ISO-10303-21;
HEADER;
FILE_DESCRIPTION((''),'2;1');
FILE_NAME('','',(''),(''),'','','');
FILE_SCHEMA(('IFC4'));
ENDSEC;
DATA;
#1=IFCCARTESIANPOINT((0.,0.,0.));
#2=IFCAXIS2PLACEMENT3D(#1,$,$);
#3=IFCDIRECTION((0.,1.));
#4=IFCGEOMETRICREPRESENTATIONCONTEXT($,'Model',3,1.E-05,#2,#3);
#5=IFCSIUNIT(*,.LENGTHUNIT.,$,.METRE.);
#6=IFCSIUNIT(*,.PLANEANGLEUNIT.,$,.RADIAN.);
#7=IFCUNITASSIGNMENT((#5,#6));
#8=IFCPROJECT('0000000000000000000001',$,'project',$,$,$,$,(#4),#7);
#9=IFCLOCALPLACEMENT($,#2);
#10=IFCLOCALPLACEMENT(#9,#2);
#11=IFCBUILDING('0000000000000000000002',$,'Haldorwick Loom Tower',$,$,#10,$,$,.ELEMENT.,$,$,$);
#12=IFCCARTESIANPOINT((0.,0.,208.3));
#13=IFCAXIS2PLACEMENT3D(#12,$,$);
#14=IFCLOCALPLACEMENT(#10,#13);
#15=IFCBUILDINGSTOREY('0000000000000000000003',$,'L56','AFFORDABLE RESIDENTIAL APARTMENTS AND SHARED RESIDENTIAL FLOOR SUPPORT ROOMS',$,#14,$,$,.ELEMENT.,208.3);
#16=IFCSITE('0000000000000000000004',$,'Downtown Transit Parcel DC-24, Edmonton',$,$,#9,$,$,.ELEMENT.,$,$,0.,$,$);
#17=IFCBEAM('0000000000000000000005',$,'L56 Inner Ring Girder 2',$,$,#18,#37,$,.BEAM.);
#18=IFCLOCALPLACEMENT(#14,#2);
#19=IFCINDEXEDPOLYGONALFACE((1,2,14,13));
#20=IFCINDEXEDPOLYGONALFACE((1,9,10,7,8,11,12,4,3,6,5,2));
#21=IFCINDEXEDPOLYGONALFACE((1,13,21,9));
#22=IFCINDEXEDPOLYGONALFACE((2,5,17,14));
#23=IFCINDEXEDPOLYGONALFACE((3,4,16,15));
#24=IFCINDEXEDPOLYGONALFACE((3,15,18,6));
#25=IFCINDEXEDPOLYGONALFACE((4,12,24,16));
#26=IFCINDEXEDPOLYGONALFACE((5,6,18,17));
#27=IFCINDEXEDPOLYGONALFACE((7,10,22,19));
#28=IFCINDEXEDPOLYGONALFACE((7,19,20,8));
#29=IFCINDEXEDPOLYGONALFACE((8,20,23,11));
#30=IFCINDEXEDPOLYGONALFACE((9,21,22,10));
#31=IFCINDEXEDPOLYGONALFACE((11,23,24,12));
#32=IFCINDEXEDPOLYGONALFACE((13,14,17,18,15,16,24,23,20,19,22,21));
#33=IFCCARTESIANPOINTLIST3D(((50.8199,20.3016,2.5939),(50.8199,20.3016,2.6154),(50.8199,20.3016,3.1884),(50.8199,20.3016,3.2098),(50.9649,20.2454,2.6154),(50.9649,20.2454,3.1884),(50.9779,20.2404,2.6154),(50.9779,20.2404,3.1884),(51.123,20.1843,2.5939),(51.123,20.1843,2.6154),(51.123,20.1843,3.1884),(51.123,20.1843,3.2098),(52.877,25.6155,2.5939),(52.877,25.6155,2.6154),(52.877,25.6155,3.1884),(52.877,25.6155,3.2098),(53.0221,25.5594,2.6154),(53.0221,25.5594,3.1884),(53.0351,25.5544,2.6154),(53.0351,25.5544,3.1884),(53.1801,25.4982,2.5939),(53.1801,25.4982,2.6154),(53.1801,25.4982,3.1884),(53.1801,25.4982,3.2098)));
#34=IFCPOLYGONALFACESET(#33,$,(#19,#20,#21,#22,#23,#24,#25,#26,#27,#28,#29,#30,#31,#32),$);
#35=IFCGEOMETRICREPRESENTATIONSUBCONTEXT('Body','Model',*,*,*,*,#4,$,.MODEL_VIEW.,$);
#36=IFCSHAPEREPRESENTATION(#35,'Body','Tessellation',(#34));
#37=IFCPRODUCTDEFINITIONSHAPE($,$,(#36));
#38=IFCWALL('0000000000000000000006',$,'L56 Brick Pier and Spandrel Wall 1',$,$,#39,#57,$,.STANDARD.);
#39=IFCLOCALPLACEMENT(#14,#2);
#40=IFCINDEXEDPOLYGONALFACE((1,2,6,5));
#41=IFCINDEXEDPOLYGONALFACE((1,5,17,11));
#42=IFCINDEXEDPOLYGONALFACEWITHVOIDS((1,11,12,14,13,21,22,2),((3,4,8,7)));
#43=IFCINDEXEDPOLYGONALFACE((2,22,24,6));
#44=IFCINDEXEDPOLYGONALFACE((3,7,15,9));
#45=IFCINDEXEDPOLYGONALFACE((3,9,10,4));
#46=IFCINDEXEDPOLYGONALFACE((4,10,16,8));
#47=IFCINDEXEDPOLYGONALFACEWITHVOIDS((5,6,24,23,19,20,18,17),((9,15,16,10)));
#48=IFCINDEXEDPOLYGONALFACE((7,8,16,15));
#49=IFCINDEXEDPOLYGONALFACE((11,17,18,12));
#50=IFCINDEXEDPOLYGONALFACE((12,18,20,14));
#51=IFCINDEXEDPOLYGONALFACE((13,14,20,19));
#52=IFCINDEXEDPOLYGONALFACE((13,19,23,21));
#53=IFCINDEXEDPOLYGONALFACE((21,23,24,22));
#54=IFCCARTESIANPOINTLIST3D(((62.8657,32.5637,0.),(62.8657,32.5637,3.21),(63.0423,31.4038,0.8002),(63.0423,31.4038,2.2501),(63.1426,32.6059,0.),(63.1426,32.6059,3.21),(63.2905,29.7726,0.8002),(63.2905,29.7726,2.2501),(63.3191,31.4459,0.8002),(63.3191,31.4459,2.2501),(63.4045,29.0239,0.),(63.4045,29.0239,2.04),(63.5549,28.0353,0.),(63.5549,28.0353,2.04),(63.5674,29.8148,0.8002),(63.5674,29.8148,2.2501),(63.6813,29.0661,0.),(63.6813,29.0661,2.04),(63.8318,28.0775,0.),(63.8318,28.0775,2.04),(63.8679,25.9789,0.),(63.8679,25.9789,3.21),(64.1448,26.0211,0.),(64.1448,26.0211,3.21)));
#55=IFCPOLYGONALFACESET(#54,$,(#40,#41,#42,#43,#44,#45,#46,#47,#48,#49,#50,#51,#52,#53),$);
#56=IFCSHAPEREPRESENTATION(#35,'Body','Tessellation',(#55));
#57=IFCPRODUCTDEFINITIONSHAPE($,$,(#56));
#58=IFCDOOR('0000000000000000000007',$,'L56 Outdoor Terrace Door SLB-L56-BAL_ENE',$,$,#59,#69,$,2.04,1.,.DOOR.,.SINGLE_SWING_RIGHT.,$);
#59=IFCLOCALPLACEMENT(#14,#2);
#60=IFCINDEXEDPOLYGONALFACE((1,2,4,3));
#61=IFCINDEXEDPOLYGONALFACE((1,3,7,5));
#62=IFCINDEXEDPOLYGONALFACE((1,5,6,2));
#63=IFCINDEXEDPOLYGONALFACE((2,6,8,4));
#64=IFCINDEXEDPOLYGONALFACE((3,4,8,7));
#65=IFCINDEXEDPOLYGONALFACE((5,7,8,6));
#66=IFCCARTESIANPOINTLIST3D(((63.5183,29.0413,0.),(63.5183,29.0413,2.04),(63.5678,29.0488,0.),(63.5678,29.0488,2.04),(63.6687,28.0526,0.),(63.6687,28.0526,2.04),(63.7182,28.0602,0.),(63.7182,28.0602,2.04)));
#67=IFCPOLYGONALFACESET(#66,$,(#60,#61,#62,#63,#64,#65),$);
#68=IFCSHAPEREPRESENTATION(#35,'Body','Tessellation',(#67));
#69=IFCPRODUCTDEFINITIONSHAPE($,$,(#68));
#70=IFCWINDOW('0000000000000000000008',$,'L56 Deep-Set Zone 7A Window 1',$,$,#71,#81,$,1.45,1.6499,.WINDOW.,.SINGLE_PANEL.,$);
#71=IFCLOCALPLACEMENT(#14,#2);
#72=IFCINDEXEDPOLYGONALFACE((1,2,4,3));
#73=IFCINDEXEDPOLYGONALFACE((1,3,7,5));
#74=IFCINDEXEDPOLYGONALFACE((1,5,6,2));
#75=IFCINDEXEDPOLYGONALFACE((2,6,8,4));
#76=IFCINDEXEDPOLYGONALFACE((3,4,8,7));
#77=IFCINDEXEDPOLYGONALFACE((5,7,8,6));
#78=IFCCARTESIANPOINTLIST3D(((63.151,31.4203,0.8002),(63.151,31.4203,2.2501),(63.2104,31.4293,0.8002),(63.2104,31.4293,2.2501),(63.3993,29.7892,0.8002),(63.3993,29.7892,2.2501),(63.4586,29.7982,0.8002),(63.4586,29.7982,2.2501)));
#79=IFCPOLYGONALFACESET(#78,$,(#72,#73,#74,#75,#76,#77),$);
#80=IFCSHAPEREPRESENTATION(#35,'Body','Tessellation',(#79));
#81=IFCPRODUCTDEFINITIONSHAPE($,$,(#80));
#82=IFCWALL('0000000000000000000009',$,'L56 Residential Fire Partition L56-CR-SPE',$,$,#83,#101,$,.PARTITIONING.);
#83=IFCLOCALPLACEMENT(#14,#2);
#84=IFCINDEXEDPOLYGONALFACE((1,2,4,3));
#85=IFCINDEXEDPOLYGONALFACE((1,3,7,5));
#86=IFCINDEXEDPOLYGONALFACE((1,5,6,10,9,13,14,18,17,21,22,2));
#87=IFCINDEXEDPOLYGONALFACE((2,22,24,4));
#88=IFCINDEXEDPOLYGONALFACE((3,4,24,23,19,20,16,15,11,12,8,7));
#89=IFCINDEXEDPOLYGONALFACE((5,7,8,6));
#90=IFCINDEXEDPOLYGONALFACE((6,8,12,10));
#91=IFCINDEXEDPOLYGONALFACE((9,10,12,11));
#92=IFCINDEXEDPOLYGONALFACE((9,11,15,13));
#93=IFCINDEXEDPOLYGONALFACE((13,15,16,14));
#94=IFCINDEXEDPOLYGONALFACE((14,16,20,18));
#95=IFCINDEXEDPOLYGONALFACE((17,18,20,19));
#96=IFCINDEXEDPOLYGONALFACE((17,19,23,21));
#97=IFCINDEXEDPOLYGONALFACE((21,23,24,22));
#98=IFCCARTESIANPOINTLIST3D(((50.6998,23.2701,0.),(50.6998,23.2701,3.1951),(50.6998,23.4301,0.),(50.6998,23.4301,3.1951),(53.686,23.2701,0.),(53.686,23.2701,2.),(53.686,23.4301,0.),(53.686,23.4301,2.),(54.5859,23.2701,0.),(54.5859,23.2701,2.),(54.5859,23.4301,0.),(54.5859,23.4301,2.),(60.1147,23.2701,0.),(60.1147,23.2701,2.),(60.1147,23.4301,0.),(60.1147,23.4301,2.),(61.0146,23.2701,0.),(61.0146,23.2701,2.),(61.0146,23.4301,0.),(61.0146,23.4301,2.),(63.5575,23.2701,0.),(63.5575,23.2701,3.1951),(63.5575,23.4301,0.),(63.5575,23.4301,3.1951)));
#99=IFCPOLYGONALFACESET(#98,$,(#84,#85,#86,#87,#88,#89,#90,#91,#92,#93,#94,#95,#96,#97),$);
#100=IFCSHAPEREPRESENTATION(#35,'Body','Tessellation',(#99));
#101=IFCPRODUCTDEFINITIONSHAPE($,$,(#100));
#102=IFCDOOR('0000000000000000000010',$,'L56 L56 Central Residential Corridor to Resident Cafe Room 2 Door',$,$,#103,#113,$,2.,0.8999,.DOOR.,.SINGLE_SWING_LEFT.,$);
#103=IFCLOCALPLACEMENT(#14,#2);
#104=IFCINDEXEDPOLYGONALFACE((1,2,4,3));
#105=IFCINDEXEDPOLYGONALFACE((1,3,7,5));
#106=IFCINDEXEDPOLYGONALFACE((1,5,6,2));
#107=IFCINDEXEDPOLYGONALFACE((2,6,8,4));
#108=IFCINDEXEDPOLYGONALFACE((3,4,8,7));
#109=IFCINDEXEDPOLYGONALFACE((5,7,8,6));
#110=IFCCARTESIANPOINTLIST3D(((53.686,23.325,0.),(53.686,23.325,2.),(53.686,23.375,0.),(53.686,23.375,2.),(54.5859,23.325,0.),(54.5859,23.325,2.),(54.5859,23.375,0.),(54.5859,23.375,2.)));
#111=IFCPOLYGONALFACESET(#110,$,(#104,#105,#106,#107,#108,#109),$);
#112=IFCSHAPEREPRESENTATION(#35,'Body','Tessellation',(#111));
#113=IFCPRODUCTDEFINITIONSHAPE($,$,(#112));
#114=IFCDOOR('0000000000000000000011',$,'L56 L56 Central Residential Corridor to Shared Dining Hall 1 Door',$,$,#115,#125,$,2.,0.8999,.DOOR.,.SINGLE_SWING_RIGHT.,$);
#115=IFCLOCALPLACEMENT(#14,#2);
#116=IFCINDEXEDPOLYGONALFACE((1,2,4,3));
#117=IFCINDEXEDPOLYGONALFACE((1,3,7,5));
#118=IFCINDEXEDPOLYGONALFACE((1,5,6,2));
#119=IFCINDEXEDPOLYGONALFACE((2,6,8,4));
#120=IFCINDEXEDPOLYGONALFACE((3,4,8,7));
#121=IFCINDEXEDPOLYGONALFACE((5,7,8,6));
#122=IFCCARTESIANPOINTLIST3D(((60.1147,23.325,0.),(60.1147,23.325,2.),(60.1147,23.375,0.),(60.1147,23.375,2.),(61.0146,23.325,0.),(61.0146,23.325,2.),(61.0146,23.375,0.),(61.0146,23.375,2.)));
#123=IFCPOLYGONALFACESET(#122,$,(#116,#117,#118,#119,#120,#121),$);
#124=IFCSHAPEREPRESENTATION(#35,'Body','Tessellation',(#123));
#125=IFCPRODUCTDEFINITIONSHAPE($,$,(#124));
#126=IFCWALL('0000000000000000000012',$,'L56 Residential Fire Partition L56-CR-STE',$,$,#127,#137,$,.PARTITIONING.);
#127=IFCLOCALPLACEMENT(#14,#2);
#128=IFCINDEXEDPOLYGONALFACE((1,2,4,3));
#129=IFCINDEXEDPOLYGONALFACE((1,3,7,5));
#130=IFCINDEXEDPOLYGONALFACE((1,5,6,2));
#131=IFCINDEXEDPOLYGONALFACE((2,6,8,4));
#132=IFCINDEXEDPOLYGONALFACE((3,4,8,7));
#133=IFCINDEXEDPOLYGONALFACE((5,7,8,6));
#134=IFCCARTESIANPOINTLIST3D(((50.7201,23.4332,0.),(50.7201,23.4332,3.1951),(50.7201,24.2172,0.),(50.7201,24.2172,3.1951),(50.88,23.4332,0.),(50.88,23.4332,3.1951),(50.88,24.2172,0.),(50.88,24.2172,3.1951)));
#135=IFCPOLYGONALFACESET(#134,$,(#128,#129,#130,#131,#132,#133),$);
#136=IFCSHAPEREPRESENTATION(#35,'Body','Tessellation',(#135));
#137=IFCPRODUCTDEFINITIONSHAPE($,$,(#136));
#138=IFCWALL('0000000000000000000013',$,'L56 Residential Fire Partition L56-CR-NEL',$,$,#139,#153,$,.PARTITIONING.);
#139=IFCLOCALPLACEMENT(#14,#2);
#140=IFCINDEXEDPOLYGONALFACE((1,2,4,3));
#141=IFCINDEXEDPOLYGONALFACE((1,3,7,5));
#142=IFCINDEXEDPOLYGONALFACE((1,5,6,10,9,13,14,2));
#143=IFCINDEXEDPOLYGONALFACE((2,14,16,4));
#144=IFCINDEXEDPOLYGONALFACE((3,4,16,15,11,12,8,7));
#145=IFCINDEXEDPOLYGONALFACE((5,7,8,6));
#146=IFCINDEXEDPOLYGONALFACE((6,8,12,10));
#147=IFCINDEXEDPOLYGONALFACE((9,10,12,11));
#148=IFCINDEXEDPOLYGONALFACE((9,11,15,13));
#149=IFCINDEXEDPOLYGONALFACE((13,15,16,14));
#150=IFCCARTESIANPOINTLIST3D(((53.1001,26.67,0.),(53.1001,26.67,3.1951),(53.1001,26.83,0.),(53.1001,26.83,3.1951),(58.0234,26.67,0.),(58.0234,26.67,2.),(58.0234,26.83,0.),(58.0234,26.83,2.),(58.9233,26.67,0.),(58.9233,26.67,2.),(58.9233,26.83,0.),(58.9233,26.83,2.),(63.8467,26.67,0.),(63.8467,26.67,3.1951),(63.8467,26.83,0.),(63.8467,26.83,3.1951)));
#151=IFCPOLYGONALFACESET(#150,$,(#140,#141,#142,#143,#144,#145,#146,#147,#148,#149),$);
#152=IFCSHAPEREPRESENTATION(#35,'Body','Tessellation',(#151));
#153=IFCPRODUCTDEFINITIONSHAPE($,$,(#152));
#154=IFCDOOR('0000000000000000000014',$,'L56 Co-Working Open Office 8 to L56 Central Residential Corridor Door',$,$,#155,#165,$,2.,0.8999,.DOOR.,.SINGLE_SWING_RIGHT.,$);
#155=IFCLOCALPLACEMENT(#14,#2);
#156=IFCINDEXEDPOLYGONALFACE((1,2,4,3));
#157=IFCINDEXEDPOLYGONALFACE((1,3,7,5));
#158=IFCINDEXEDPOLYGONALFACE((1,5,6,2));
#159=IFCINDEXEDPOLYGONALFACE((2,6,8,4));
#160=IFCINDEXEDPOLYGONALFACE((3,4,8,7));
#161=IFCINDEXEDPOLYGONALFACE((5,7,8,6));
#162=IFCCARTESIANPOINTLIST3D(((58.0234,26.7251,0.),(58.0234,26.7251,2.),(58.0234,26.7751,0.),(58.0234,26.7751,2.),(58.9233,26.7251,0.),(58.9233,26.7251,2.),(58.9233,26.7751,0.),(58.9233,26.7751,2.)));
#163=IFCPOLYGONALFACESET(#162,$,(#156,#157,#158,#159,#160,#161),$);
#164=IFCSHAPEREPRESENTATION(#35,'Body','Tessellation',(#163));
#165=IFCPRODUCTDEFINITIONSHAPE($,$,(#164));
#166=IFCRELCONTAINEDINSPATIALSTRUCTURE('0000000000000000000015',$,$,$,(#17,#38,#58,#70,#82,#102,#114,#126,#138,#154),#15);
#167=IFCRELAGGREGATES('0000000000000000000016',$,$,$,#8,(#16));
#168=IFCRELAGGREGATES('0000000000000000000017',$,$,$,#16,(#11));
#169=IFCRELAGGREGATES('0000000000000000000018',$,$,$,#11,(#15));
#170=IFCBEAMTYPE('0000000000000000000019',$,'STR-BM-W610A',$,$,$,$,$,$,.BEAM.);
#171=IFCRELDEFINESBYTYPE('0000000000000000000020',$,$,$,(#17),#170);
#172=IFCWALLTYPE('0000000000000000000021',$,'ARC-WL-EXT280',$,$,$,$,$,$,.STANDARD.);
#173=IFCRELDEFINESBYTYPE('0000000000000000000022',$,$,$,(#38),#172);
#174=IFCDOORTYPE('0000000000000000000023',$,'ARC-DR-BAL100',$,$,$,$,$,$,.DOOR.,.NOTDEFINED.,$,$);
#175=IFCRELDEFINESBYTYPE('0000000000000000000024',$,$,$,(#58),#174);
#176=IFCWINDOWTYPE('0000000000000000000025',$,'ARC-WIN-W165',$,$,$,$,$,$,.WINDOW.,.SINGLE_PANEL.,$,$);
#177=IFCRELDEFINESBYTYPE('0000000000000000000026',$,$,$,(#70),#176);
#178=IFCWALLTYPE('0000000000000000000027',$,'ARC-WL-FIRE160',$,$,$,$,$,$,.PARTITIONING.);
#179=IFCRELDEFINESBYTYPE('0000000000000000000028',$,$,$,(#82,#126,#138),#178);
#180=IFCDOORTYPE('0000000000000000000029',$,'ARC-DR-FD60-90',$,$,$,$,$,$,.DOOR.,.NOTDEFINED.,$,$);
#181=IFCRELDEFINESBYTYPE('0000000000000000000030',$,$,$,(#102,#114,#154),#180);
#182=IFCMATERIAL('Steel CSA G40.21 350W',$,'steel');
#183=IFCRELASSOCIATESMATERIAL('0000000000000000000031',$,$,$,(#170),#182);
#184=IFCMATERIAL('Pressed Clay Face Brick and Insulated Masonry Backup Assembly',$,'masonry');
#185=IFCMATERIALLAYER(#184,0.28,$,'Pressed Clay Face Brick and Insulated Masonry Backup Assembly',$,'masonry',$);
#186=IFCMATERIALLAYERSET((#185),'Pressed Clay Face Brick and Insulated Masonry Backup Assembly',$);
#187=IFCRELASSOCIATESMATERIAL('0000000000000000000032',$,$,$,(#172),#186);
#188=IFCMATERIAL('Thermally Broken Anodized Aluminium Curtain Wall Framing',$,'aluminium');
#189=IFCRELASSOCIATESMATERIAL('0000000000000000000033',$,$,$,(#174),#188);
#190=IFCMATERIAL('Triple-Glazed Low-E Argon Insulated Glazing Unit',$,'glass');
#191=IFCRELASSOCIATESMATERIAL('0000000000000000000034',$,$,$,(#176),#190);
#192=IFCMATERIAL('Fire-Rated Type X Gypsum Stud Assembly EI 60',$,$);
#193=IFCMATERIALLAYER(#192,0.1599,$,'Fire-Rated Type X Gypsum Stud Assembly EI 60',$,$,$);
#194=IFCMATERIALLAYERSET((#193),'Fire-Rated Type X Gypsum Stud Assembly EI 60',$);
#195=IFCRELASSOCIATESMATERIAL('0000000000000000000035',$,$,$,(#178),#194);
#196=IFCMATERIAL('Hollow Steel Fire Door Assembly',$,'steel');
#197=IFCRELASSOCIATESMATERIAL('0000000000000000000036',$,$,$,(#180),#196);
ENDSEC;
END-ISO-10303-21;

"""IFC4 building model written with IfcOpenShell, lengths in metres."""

from ifc_helpers import new_model, si_unit, direction, frame, frame_2d, origin, origin_2d, place, context, subcontext, project, spatial, rectangle, i_section, extrude, material, layer, layer_set, material_profile, profile_set, type_object, element, fill, save


model = new_model("IFC4")

# Units and contexts
model_context = context("Model", 3, precision=1e-05, world=origin(), true_north=direction((0.0, 1.0)))
body_context = subcontext(model_context, "Body", "Model", "MODEL_VIEW")
ifc_project = project(units=[si_unit("LENGTHUNIT", "METRE"), si_unit("PLANEANGLEUNIT", "RADIAN")], contexts=[model_context])

# Site, building, storey
site_placement = place(None, origin())
site = spatial("IfcSite", under=ifc_project, at=site_placement, Name="Downtown Transit Parcel DC-24, Edmonton", CompositionType="ELEMENT", RefElevation=0.0)
building_placement = place(site_placement, origin())
building = spatial("IfcBuilding", under=site, at=building_placement, Name="Haldorwick Loom Tower", CompositionType="ELEMENT")
storey_placement = place(building_placement, frame((0.0, 0.0, 208.3)))
storey = spatial("IfcBuildingStorey", under=building, at=storey_placement, Name="L56", Description="AFFORDABLE RESIDENTIAL APARTMENTS AND SHARED RESIDENTIAL FLOOR SUPPORT ROOMS", CompositionType="ELEMENT", Elevation=208.3)

# Shared definitions
ifc_material_1 = material(Name="Steel CSA G40.21 350W", Category="steel")

# Beam
ifc_material_profile_1 = material_profile(ifc_material_1, i_section(OverallWidth=0.325, OverallDepth=0.616, WebThickness=0.0139, FlangeThickness=0.0215, at=origin_2d()), Name="W610X174", Category="steel")
ifc_profile_set_1 = profile_set([ifc_material_profile_1], Name="Steel CSA G40.21 350W")
beam_type_1 = type_object("IfcBeamType", Name="STR-BM-W610A", PredefinedType="BEAM", material=ifc_profile_set_1)
beam_1_placement = place(storey_placement, frame((53.0286, 25.5569, 2.9019), z_axis=(-0.361011, -0.932562, 0.0), x_axis=(0.932562, -0.361011, 0.0)))
element("IfcBeam", 1, at=beam_1_placement, inside=storey, type_object=beam_type_1, Name="L56 Inner Ring Girder 2", PredefinedType="BEAM", context=body_context, shape_type="SweptSolid", body=[
    extrude(i_section(OverallWidth=0.325, OverallDepth=0.616, WebThickness=0.0139, FlangeThickness=0.0215, at=origin_2d()), origin(), (0.0, 0.0, 1.0), 5.6982),
])

# Wall, openings, door, window
ifc_material_2 = material(Name="Pressed Clay Face Brick and Insulated Masonry Backup Assembly", Category="masonry")
ifc_layer_1 = layer(ifc_material_2, 0.28, Name="Pressed Clay Face Brick and Insulated Masonry Backup Assembly", Category="masonry")
ifc_layer_set_1 = layer_set([ifc_layer_1], Name="Pressed Clay Face Brick and Insulated Masonry Backup Assembly")
wall_type_1 = type_object("IfcWallType", Name="ARC-WL-EXT280", PredefinedType="STANDARD", material=ifc_layer_set_1)
wall_1_placement = place(storey_placement, frame((64.0063, 26.0, 0.0), z_axis=(0.0, 0.0, 1.0), x_axis=(-0.150468, 0.988615, 0.0)))
wall_1 = element("IfcWall", 2, at=wall_1_placement, inside=storey, type_object=wall_type_1, Name="L56 Brick Pier and Spandrel Wall 1", PredefinedType="STANDARD", context=body_context, shape_type="SweptSolid", body=[
    extrude(rectangle(XDim=6.6606, YDim=0.28, at=frame_2d((3.3303, 0.0))), origin(), (0.0, 0.0, 1.0), 3.21),
])
opening_1_placement = place(wall_1_placement, frame((2.0801, 0.0, 0.0)))
opening_1 = element("IfcOpeningElement", 3, at=opening_1_placement, cuts=wall_1, PredefinedType="OPENING", context=body_context, shape_type="SweptSolid", body=[
    extrude(rectangle(XDim=1.0, YDim=2.04, at=frame_2d((0.5, 1.02))), frame((0.0, 0.1499, 0.0), z_axis=(0.0, -1.0, 0.0), x_axis=(1.0, 0.0, 0.0)), (0.0, 0.0, 1.0), 0.3),
])
opening_2_placement = place(wall_1_placement, frame((3.8374, 0.0, 0.8)))
opening_2 = element("IfcOpeningElement", 4, at=opening_2_placement, cuts=wall_1, PredefinedType="OPENING", context=body_context, shape_type="SweptSolid", body=[
    extrude(rectangle(XDim=1.6499, YDim=1.45, at=frame_2d((0.825, 0.7251))), frame((0.0, 0.1499, 0.0), z_axis=(0.0, -1.0, 0.0), x_axis=(1.0, 0.0, 0.0)), (0.0, 0.0, 1.0), 0.3),
])
ifc_material_3 = material(Name="Thermally Broken Anodized Aluminium Curtain Wall Framing", Category="aluminium")
door_type_1 = type_object("IfcDoorType", Name="ARC-DR-BAL100", OperationType="NOTDEFINED", PredefinedType="DOOR", material=ifc_material_3)
door_1_placement = place(opening_1_placement, origin())
door_1 = element("IfcDoor", 5, at=door_1_placement, inside=storey, type_object=door_type_1, Name="L56 Outdoor Terrace Door SLB-L56-BAL_ENE", OperationType="SINGLE_SWING_RIGHT", OverallHeight=2.04, OverallWidth=1.0, PredefinedType="DOOR", context=body_context, shape_type="SweptSolid", body=[
    extrude(rectangle(XDim=1.0, YDim=2.04, at=frame_2d((0.5, 1.02))), frame((0.0, 0.0249, 0.0), z_axis=(0.0, -1.0, 0.0), x_axis=(1.0, 0.0, 0.0)), (0.0, 0.0, 1.0), 0.05),
])
fill(opening_1, door_1)
ifc_material_4 = material(Name="Triple-Glazed Low-E Argon Insulated Glazing Unit", Category="glass")
window_type = type_object("IfcWindowType", Name="ARC-WIN-W165", PartitioningType="SINGLE_PANEL", PredefinedType="WINDOW", material=ifc_material_4)
window_placement = place(opening_2_placement, origin())
window = element("IfcWindow", 6, at=window_placement, inside=storey, type_object=window_type, Name="L56 Deep-Set Zone 7A Window 1", OverallHeight=1.45, OverallWidth=1.6499, PartitioningType="SINGLE_PANEL", PredefinedType="WINDOW", context=body_context, shape_type="SweptSolid", body=[
    extrude(rectangle(XDim=1.6499, YDim=1.45, at=frame_2d((0.825, 0.7251))), frame((0.0, 0.03, 0.0), z_axis=(0.0, -1.0, 0.0), x_axis=(1.0, 0.0, 0.0)), (0.0, 0.0, 1.0), 0.0601),
])
fill(opening_2, window)

# Wall, openings, doors
ifc_material_5 = material(Name="Fire-Rated Type X Gypsum Stud Assembly EI 60")
ifc_layer_2 = layer(ifc_material_5, 0.1599, Name="Fire-Rated Type X Gypsum Stud Assembly EI 60")
ifc_layer_set_2 = layer_set([ifc_layer_2], Name="Fire-Rated Type X Gypsum Stud Assembly EI 60")
wall_type_2 = type_object("IfcWallType", Name="ARC-WL-FIRE160", PredefinedType="PARTITIONING", material=ifc_layer_set_2)
wall_2_placement = place(storey_placement, frame((50.7, 23.3501, 0.0), z_axis=(0.0, 0.0, 1.0), x_axis=(1.0, 0.0, 0.0)))
wall_2 = element("IfcWall", 7, at=wall_2_placement, inside=storey, type_object=wall_type_2, Name="L56 Residential Fire Partition L56-CR-SPE", PredefinedType="PARTITIONING", context=body_context, shape_type="SweptSolid", body=[
    extrude(rectangle(XDim=12.8577, YDim=0.1599, at=frame_2d((6.4287, 0.0))), origin(), (0.0, 0.0, 1.0), 3.1951),
])
opening_3_placement = place(wall_2_placement, frame((2.9861, 0.0, 0.0)))
opening_3 = element("IfcOpeningElement", 8, at=opening_3_placement, cuts=wall_2, PredefinedType="OPENING", context=body_context, shape_type="SweptSolid", body=[
    extrude(rectangle(XDim=0.8999, YDim=2.0, at=frame_2d((0.45, 1.0))), frame((0.0, 0.0898, 0.0), z_axis=(0.0, -1.0, 0.0), x_axis=(1.0, 0.0, 0.0)), (0.0, 0.0, 1.0), 0.1799),
])
opening_4_placement = place(wall_2_placement, frame((9.4148, 0.0, 0.0)))
opening_4 = element("IfcOpeningElement", 9, at=opening_4_placement, cuts=wall_2, PredefinedType="OPENING", context=body_context, shape_type="SweptSolid", body=[
    extrude(rectangle(XDim=0.8999, YDim=2.0, at=frame_2d((0.45, 1.0))), frame((0.0, 0.0898, 0.0), z_axis=(0.0, -1.0, 0.0), x_axis=(1.0, 0.0, 0.0)), (0.0, 0.0, 1.0), 0.1799),
])
ifc_material_6 = material(Name="Hollow Steel Fire Door Assembly", Category="steel")
door_type_2 = type_object("IfcDoorType", Name="ARC-DR-FD60-90", OperationType="NOTDEFINED", PredefinedType="DOOR", material=ifc_material_6)
door_2_placement = place(opening_3_placement, origin())
door_2 = element("IfcDoor", 10, at=door_2_placement, inside=storey, type_object=door_type_2, Name="L56 L56 Central Residential Corridor to Resident Cafe Room 2 Door", OperationType="SINGLE_SWING_LEFT", OverallHeight=2.0, OverallWidth=0.8999, PredefinedType="DOOR", context=body_context, shape_type="SweptSolid", body=[
    extrude(rectangle(XDim=0.8999, YDim=2.0, at=frame_2d((0.45, 1.0))), frame((0.0, 0.0249, 0.0), z_axis=(0.0, -1.0, 0.0), x_axis=(1.0, 0.0, 0.0)), (0.0, 0.0, 1.0), 0.05),
])
fill(opening_3, door_2)
door_3_placement = place(opening_4_placement, origin())
door_3 = element("IfcDoor", 11, at=door_3_placement, inside=storey, type_object=door_type_2, Name="L56 L56 Central Residential Corridor to Shared Dining Hall 1 Door", OperationType="SINGLE_SWING_RIGHT", OverallHeight=2.0, OverallWidth=0.8999, PredefinedType="DOOR", context=body_context, shape_type="SweptSolid", body=[
    extrude(rectangle(XDim=0.8999, YDim=2.0, at=frame_2d((0.45, 1.0))), frame((0.0, 0.0249, 0.0), z_axis=(0.0, -1.0, 0.0), x_axis=(1.0, 0.0, 0.0)), (0.0, 0.0, 1.0), 0.05),
])
fill(opening_4, door_3)

# Wall
wall_3_placement = place(storey_placement, frame((50.8, 23.4331, 0.0), z_axis=(0.0, 0.0, 1.0), x_axis=(0.0, 1.0, 0.0)))
element("IfcWall", 12, at=wall_3_placement, inside=storey, type_object=wall_type_2, Name="L56 Residential Fire Partition L56-CR-STE", PredefinedType="PARTITIONING", context=body_context, shape_type="SweptSolid", body=[
    extrude(rectangle(XDim=0.7839, YDim=0.1599, at=frame_2d((0.3921, 0.0))), origin(), (0.0, 0.0, 1.0), 3.1951),
])

# Wall, opening, door
wall_4_placement = place(storey_placement, frame((53.1001, 26.75, 0.0), z_axis=(0.0, 0.0, 1.0), x_axis=(1.0, 0.0, 0.0)))
wall_4 = element("IfcWall", 13, at=wall_4_placement, inside=storey, type_object=wall_type_2, Name="L56 Residential Fire Partition L56-CR-NEL", PredefinedType="PARTITIONING", context=body_context, shape_type="SweptSolid", body=[
    extrude(rectangle(XDim=10.7466, YDim=0.1599, at=frame_2d((5.3733, 0.0))), origin(), (0.0, 0.0, 1.0), 3.1951),
])
opening_5_placement = place(wall_4_placement, frame((4.9233, 0.0, 0.0)))
opening_5 = element("IfcOpeningElement", 14, at=opening_5_placement, cuts=wall_4, PredefinedType="OPENING", context=body_context, shape_type="SweptSolid", body=[
    extrude(rectangle(XDim=0.8999, YDim=2.0, at=frame_2d((0.45, 1.0))), frame((0.0, 0.0898, 0.0), z_axis=(0.0, -1.0, 0.0), x_axis=(1.0, 0.0, 0.0)), (0.0, 0.0, 1.0), 0.1799),
])
door_4_placement = place(opening_5_placement, frame((0.8999, 0.0, 0.0), z_axis=(0.0, 0.0, 1.0), x_axis=(-1.0, 0.0, 0.0)))
door_4 = element("IfcDoor", 15, at=door_4_placement, inside=storey, type_object=door_type_2, Name="L56 Co-Working Open Office 8 to L56 Central Residential Corridor Door", OperationType="SINGLE_SWING_RIGHT", OverallHeight=2.0, OverallWidth=0.8999, PredefinedType="DOOR", context=body_context, shape_type="SweptSolid", body=[
    extrude(rectangle(XDim=0.8999, YDim=2.0, at=frame_2d((0.45, 1.0))), frame((0.0, 0.0249, 0.0), z_axis=(0.0, -1.0, 0.0), x_axis=(1.0, 0.0, 0.0)), (0.0, 0.0, 1.0), 0.05),
])
fill(opening_5, door_4)

save(model, "model.ifc")
